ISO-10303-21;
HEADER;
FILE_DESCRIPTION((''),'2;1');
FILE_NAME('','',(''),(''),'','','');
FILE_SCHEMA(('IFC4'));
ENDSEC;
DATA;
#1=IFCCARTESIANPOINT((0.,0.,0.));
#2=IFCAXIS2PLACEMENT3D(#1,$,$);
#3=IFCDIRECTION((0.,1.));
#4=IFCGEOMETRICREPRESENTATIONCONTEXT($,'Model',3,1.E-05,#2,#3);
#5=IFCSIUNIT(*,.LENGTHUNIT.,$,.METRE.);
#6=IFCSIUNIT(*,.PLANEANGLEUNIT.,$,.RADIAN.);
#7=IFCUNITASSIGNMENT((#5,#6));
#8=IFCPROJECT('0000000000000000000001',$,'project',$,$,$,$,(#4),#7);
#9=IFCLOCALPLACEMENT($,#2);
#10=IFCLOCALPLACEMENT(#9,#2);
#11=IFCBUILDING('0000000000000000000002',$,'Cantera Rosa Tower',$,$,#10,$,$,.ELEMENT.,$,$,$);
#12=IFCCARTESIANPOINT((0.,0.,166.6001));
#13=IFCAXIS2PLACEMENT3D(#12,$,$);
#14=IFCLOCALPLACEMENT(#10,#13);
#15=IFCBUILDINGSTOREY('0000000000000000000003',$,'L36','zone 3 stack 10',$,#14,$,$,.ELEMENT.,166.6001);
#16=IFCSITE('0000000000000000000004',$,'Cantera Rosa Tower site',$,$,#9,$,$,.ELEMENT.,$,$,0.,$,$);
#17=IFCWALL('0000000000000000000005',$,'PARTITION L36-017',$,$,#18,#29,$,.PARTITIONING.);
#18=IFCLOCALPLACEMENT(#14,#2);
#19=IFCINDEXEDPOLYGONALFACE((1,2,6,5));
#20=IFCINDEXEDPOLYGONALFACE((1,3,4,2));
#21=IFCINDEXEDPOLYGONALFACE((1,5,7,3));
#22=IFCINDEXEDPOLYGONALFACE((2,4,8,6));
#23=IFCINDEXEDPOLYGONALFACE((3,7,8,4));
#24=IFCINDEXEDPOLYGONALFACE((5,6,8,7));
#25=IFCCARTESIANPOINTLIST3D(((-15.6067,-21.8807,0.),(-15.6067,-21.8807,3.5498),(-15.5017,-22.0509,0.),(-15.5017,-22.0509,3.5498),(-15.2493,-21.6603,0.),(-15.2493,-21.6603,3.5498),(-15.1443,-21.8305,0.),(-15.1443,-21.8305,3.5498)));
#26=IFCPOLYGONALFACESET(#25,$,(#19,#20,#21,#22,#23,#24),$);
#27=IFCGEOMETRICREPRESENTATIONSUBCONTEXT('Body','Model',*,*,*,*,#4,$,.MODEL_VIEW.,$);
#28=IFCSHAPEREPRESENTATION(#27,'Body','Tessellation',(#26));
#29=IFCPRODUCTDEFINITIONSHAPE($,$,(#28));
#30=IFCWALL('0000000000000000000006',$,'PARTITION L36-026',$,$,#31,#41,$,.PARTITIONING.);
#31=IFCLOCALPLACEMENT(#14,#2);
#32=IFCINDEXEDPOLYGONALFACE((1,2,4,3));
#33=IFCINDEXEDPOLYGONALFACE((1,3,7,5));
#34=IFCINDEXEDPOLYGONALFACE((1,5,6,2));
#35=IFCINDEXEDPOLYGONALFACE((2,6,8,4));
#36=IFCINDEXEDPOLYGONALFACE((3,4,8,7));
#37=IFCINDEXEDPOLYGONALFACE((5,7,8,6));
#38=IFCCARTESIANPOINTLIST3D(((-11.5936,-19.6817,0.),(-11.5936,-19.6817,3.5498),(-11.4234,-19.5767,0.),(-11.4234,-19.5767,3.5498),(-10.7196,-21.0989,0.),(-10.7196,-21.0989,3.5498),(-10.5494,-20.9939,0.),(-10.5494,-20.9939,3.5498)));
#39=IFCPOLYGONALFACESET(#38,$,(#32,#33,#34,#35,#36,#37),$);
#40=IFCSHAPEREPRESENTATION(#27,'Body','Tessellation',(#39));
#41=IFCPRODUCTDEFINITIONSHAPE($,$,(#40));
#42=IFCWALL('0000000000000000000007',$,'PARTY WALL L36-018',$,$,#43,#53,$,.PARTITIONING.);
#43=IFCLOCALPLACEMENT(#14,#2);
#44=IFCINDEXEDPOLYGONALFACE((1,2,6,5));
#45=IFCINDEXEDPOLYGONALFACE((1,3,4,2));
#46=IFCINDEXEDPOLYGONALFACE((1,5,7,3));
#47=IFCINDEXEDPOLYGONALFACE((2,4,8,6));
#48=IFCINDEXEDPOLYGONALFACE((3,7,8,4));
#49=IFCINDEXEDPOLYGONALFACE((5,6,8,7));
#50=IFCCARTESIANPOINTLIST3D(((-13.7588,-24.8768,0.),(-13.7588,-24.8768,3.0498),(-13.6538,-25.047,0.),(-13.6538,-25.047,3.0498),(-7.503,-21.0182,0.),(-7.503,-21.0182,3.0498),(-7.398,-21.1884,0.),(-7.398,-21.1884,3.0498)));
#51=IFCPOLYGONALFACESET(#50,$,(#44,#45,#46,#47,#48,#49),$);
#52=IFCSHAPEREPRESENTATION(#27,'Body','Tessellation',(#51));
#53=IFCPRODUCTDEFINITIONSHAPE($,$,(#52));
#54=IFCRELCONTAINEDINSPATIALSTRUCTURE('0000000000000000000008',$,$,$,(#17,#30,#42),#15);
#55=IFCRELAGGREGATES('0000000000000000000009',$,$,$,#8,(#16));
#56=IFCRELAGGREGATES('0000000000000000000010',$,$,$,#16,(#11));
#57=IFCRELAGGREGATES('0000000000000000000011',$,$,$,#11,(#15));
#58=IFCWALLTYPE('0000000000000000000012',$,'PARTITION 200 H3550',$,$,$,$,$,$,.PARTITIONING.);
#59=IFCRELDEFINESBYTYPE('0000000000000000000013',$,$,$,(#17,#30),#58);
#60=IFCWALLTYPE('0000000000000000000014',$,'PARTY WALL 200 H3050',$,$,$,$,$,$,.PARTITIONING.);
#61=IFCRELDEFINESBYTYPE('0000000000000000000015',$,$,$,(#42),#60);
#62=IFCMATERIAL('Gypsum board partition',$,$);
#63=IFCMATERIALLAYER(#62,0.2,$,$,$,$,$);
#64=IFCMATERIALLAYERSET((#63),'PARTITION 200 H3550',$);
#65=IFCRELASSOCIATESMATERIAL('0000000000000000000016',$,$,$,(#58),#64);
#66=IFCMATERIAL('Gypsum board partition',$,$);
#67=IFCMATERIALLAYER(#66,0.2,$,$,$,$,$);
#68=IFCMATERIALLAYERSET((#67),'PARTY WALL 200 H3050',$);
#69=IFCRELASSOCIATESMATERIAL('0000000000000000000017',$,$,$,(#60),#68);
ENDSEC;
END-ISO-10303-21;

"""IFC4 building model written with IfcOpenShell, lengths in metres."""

from ifc_helpers import new_model, si_unit, direction, frame, frame_2d, origin, place, context, subcontext, project, spatial, rectangle, extrude, material, layer, layer_set, type_object, element, save


model = new_model("IFC4")

# Units and contexts
model_context = context("Model", 3, precision=1e-05, world=origin(), true_north=direction((0.0, 1.0)))
body_context = subcontext(model_context, "Body", "Model", "MODEL_VIEW")
ifc_project = project(units=[si_unit("LENGTHUNIT", "METRE"), si_unit("PLANEANGLEUNIT", "RADIAN")], contexts=[model_context])

# Site, building, storey
site_placement = place(None, origin())
site = spatial("IfcSite", under=ifc_project, at=site_placement, Name="Cantera Rosa Tower site", CompositionType="ELEMENT", RefElevation=0.0)
building_placement = place(site_placement, origin())
building = spatial("IfcBuilding", under=site, at=building_placement, Name="Cantera Rosa Tower", CompositionType="ELEMENT")
storey_placement = place(building_placement, frame((0.0, 0.0, 166.6001)))
storey = spatial("IfcBuildingStorey", under=building, at=storey_placement, Name="L36", Description="zone 3 stack 10", CompositionType="ELEMENT", Elevation=166.6001)

# Walls
ifc_material_1 = material(Name="Gypsum board partition")
ifc_layer_1 = layer(ifc_material_1, 0.2)
ifc_layer_set_1 = layer_set([ifc_layer_1], Name="PARTITION 200 H3550")
wall_type_1 = type_object("IfcWallType", Name="PARTITION 200 H3550", PredefinedType="PARTITIONING", material=ifc_layer_set_1)
wall_1_placement = place(storey_placement, frame((-15.5542, -21.9658, 0.0), z_axis=(0.0, 0.0, 1.0), x_axis=(0.851119, 0.524973, 0.0)))
element("IfcWall", 1, at=wall_1_placement, inside=storey, type_object=wall_type_1, Name="PARTITION L36-017", PredefinedType="PARTITIONING", context=body_context, shape_type="SweptSolid", body=[
    extrude(rectangle(XDim=0.4199, YDim=0.2, at=frame_2d((0.21, 0.0))), origin(), (0.0, 0.0, 1.0), 3.5498),
])
wall_2_placement = place(storey_placement, frame((-10.6345, -21.0464, 0.0), z_axis=(0.0, 0.0, 1.0), x_axis=(-0.524915, 0.851154, 0.0)))
element("IfcWall", 2, at=wall_2_placement, inside=storey, type_object=wall_type_1, Name="PARTITION L36-026", PredefinedType="PARTITIONING", context=body_context, shape_type="SweptSolid", body=[
    extrude(rectangle(XDim=1.665, YDim=0.2, at=frame_2d((0.8325, 0.0))), origin(), (0.0, 0.0, 1.0), 3.5498),
])
ifc_material_2 = material(Name="Gypsum board partition")
ifc_layer_2 = layer(ifc_material_2, 0.2)
ifc_layer_set_2 = layer_set([ifc_layer_2], Name="PARTY WALL 200 H3050")
wall_type_2 = type_object("IfcWallType", Name="PARTY WALL 200 H3050", PredefinedType="PARTITIONING", material=ifc_layer_set_2)
wall_3_placement = place(storey_placement, frame((-13.7063, -24.9619, 0.0), z_axis=(0.0, 0.0, 1.0), x_axis=(0.851118, 0.524974, 0.0)))
element("IfcWall", 3, at=wall_3_placement, inside=storey, type_object=wall_type_2, Name="PARTY WALL L36-018", PredefinedType="PARTITIONING", context=body_context, shape_type="SweptSolid", body=[
    extrude(rectangle(XDim=7.3501, YDim=0.2, at=frame_2d((3.675, 0.0))), origin(), (0.0, 0.0, 1.0), 3.0498),
])

save(model, "model.ifc")
